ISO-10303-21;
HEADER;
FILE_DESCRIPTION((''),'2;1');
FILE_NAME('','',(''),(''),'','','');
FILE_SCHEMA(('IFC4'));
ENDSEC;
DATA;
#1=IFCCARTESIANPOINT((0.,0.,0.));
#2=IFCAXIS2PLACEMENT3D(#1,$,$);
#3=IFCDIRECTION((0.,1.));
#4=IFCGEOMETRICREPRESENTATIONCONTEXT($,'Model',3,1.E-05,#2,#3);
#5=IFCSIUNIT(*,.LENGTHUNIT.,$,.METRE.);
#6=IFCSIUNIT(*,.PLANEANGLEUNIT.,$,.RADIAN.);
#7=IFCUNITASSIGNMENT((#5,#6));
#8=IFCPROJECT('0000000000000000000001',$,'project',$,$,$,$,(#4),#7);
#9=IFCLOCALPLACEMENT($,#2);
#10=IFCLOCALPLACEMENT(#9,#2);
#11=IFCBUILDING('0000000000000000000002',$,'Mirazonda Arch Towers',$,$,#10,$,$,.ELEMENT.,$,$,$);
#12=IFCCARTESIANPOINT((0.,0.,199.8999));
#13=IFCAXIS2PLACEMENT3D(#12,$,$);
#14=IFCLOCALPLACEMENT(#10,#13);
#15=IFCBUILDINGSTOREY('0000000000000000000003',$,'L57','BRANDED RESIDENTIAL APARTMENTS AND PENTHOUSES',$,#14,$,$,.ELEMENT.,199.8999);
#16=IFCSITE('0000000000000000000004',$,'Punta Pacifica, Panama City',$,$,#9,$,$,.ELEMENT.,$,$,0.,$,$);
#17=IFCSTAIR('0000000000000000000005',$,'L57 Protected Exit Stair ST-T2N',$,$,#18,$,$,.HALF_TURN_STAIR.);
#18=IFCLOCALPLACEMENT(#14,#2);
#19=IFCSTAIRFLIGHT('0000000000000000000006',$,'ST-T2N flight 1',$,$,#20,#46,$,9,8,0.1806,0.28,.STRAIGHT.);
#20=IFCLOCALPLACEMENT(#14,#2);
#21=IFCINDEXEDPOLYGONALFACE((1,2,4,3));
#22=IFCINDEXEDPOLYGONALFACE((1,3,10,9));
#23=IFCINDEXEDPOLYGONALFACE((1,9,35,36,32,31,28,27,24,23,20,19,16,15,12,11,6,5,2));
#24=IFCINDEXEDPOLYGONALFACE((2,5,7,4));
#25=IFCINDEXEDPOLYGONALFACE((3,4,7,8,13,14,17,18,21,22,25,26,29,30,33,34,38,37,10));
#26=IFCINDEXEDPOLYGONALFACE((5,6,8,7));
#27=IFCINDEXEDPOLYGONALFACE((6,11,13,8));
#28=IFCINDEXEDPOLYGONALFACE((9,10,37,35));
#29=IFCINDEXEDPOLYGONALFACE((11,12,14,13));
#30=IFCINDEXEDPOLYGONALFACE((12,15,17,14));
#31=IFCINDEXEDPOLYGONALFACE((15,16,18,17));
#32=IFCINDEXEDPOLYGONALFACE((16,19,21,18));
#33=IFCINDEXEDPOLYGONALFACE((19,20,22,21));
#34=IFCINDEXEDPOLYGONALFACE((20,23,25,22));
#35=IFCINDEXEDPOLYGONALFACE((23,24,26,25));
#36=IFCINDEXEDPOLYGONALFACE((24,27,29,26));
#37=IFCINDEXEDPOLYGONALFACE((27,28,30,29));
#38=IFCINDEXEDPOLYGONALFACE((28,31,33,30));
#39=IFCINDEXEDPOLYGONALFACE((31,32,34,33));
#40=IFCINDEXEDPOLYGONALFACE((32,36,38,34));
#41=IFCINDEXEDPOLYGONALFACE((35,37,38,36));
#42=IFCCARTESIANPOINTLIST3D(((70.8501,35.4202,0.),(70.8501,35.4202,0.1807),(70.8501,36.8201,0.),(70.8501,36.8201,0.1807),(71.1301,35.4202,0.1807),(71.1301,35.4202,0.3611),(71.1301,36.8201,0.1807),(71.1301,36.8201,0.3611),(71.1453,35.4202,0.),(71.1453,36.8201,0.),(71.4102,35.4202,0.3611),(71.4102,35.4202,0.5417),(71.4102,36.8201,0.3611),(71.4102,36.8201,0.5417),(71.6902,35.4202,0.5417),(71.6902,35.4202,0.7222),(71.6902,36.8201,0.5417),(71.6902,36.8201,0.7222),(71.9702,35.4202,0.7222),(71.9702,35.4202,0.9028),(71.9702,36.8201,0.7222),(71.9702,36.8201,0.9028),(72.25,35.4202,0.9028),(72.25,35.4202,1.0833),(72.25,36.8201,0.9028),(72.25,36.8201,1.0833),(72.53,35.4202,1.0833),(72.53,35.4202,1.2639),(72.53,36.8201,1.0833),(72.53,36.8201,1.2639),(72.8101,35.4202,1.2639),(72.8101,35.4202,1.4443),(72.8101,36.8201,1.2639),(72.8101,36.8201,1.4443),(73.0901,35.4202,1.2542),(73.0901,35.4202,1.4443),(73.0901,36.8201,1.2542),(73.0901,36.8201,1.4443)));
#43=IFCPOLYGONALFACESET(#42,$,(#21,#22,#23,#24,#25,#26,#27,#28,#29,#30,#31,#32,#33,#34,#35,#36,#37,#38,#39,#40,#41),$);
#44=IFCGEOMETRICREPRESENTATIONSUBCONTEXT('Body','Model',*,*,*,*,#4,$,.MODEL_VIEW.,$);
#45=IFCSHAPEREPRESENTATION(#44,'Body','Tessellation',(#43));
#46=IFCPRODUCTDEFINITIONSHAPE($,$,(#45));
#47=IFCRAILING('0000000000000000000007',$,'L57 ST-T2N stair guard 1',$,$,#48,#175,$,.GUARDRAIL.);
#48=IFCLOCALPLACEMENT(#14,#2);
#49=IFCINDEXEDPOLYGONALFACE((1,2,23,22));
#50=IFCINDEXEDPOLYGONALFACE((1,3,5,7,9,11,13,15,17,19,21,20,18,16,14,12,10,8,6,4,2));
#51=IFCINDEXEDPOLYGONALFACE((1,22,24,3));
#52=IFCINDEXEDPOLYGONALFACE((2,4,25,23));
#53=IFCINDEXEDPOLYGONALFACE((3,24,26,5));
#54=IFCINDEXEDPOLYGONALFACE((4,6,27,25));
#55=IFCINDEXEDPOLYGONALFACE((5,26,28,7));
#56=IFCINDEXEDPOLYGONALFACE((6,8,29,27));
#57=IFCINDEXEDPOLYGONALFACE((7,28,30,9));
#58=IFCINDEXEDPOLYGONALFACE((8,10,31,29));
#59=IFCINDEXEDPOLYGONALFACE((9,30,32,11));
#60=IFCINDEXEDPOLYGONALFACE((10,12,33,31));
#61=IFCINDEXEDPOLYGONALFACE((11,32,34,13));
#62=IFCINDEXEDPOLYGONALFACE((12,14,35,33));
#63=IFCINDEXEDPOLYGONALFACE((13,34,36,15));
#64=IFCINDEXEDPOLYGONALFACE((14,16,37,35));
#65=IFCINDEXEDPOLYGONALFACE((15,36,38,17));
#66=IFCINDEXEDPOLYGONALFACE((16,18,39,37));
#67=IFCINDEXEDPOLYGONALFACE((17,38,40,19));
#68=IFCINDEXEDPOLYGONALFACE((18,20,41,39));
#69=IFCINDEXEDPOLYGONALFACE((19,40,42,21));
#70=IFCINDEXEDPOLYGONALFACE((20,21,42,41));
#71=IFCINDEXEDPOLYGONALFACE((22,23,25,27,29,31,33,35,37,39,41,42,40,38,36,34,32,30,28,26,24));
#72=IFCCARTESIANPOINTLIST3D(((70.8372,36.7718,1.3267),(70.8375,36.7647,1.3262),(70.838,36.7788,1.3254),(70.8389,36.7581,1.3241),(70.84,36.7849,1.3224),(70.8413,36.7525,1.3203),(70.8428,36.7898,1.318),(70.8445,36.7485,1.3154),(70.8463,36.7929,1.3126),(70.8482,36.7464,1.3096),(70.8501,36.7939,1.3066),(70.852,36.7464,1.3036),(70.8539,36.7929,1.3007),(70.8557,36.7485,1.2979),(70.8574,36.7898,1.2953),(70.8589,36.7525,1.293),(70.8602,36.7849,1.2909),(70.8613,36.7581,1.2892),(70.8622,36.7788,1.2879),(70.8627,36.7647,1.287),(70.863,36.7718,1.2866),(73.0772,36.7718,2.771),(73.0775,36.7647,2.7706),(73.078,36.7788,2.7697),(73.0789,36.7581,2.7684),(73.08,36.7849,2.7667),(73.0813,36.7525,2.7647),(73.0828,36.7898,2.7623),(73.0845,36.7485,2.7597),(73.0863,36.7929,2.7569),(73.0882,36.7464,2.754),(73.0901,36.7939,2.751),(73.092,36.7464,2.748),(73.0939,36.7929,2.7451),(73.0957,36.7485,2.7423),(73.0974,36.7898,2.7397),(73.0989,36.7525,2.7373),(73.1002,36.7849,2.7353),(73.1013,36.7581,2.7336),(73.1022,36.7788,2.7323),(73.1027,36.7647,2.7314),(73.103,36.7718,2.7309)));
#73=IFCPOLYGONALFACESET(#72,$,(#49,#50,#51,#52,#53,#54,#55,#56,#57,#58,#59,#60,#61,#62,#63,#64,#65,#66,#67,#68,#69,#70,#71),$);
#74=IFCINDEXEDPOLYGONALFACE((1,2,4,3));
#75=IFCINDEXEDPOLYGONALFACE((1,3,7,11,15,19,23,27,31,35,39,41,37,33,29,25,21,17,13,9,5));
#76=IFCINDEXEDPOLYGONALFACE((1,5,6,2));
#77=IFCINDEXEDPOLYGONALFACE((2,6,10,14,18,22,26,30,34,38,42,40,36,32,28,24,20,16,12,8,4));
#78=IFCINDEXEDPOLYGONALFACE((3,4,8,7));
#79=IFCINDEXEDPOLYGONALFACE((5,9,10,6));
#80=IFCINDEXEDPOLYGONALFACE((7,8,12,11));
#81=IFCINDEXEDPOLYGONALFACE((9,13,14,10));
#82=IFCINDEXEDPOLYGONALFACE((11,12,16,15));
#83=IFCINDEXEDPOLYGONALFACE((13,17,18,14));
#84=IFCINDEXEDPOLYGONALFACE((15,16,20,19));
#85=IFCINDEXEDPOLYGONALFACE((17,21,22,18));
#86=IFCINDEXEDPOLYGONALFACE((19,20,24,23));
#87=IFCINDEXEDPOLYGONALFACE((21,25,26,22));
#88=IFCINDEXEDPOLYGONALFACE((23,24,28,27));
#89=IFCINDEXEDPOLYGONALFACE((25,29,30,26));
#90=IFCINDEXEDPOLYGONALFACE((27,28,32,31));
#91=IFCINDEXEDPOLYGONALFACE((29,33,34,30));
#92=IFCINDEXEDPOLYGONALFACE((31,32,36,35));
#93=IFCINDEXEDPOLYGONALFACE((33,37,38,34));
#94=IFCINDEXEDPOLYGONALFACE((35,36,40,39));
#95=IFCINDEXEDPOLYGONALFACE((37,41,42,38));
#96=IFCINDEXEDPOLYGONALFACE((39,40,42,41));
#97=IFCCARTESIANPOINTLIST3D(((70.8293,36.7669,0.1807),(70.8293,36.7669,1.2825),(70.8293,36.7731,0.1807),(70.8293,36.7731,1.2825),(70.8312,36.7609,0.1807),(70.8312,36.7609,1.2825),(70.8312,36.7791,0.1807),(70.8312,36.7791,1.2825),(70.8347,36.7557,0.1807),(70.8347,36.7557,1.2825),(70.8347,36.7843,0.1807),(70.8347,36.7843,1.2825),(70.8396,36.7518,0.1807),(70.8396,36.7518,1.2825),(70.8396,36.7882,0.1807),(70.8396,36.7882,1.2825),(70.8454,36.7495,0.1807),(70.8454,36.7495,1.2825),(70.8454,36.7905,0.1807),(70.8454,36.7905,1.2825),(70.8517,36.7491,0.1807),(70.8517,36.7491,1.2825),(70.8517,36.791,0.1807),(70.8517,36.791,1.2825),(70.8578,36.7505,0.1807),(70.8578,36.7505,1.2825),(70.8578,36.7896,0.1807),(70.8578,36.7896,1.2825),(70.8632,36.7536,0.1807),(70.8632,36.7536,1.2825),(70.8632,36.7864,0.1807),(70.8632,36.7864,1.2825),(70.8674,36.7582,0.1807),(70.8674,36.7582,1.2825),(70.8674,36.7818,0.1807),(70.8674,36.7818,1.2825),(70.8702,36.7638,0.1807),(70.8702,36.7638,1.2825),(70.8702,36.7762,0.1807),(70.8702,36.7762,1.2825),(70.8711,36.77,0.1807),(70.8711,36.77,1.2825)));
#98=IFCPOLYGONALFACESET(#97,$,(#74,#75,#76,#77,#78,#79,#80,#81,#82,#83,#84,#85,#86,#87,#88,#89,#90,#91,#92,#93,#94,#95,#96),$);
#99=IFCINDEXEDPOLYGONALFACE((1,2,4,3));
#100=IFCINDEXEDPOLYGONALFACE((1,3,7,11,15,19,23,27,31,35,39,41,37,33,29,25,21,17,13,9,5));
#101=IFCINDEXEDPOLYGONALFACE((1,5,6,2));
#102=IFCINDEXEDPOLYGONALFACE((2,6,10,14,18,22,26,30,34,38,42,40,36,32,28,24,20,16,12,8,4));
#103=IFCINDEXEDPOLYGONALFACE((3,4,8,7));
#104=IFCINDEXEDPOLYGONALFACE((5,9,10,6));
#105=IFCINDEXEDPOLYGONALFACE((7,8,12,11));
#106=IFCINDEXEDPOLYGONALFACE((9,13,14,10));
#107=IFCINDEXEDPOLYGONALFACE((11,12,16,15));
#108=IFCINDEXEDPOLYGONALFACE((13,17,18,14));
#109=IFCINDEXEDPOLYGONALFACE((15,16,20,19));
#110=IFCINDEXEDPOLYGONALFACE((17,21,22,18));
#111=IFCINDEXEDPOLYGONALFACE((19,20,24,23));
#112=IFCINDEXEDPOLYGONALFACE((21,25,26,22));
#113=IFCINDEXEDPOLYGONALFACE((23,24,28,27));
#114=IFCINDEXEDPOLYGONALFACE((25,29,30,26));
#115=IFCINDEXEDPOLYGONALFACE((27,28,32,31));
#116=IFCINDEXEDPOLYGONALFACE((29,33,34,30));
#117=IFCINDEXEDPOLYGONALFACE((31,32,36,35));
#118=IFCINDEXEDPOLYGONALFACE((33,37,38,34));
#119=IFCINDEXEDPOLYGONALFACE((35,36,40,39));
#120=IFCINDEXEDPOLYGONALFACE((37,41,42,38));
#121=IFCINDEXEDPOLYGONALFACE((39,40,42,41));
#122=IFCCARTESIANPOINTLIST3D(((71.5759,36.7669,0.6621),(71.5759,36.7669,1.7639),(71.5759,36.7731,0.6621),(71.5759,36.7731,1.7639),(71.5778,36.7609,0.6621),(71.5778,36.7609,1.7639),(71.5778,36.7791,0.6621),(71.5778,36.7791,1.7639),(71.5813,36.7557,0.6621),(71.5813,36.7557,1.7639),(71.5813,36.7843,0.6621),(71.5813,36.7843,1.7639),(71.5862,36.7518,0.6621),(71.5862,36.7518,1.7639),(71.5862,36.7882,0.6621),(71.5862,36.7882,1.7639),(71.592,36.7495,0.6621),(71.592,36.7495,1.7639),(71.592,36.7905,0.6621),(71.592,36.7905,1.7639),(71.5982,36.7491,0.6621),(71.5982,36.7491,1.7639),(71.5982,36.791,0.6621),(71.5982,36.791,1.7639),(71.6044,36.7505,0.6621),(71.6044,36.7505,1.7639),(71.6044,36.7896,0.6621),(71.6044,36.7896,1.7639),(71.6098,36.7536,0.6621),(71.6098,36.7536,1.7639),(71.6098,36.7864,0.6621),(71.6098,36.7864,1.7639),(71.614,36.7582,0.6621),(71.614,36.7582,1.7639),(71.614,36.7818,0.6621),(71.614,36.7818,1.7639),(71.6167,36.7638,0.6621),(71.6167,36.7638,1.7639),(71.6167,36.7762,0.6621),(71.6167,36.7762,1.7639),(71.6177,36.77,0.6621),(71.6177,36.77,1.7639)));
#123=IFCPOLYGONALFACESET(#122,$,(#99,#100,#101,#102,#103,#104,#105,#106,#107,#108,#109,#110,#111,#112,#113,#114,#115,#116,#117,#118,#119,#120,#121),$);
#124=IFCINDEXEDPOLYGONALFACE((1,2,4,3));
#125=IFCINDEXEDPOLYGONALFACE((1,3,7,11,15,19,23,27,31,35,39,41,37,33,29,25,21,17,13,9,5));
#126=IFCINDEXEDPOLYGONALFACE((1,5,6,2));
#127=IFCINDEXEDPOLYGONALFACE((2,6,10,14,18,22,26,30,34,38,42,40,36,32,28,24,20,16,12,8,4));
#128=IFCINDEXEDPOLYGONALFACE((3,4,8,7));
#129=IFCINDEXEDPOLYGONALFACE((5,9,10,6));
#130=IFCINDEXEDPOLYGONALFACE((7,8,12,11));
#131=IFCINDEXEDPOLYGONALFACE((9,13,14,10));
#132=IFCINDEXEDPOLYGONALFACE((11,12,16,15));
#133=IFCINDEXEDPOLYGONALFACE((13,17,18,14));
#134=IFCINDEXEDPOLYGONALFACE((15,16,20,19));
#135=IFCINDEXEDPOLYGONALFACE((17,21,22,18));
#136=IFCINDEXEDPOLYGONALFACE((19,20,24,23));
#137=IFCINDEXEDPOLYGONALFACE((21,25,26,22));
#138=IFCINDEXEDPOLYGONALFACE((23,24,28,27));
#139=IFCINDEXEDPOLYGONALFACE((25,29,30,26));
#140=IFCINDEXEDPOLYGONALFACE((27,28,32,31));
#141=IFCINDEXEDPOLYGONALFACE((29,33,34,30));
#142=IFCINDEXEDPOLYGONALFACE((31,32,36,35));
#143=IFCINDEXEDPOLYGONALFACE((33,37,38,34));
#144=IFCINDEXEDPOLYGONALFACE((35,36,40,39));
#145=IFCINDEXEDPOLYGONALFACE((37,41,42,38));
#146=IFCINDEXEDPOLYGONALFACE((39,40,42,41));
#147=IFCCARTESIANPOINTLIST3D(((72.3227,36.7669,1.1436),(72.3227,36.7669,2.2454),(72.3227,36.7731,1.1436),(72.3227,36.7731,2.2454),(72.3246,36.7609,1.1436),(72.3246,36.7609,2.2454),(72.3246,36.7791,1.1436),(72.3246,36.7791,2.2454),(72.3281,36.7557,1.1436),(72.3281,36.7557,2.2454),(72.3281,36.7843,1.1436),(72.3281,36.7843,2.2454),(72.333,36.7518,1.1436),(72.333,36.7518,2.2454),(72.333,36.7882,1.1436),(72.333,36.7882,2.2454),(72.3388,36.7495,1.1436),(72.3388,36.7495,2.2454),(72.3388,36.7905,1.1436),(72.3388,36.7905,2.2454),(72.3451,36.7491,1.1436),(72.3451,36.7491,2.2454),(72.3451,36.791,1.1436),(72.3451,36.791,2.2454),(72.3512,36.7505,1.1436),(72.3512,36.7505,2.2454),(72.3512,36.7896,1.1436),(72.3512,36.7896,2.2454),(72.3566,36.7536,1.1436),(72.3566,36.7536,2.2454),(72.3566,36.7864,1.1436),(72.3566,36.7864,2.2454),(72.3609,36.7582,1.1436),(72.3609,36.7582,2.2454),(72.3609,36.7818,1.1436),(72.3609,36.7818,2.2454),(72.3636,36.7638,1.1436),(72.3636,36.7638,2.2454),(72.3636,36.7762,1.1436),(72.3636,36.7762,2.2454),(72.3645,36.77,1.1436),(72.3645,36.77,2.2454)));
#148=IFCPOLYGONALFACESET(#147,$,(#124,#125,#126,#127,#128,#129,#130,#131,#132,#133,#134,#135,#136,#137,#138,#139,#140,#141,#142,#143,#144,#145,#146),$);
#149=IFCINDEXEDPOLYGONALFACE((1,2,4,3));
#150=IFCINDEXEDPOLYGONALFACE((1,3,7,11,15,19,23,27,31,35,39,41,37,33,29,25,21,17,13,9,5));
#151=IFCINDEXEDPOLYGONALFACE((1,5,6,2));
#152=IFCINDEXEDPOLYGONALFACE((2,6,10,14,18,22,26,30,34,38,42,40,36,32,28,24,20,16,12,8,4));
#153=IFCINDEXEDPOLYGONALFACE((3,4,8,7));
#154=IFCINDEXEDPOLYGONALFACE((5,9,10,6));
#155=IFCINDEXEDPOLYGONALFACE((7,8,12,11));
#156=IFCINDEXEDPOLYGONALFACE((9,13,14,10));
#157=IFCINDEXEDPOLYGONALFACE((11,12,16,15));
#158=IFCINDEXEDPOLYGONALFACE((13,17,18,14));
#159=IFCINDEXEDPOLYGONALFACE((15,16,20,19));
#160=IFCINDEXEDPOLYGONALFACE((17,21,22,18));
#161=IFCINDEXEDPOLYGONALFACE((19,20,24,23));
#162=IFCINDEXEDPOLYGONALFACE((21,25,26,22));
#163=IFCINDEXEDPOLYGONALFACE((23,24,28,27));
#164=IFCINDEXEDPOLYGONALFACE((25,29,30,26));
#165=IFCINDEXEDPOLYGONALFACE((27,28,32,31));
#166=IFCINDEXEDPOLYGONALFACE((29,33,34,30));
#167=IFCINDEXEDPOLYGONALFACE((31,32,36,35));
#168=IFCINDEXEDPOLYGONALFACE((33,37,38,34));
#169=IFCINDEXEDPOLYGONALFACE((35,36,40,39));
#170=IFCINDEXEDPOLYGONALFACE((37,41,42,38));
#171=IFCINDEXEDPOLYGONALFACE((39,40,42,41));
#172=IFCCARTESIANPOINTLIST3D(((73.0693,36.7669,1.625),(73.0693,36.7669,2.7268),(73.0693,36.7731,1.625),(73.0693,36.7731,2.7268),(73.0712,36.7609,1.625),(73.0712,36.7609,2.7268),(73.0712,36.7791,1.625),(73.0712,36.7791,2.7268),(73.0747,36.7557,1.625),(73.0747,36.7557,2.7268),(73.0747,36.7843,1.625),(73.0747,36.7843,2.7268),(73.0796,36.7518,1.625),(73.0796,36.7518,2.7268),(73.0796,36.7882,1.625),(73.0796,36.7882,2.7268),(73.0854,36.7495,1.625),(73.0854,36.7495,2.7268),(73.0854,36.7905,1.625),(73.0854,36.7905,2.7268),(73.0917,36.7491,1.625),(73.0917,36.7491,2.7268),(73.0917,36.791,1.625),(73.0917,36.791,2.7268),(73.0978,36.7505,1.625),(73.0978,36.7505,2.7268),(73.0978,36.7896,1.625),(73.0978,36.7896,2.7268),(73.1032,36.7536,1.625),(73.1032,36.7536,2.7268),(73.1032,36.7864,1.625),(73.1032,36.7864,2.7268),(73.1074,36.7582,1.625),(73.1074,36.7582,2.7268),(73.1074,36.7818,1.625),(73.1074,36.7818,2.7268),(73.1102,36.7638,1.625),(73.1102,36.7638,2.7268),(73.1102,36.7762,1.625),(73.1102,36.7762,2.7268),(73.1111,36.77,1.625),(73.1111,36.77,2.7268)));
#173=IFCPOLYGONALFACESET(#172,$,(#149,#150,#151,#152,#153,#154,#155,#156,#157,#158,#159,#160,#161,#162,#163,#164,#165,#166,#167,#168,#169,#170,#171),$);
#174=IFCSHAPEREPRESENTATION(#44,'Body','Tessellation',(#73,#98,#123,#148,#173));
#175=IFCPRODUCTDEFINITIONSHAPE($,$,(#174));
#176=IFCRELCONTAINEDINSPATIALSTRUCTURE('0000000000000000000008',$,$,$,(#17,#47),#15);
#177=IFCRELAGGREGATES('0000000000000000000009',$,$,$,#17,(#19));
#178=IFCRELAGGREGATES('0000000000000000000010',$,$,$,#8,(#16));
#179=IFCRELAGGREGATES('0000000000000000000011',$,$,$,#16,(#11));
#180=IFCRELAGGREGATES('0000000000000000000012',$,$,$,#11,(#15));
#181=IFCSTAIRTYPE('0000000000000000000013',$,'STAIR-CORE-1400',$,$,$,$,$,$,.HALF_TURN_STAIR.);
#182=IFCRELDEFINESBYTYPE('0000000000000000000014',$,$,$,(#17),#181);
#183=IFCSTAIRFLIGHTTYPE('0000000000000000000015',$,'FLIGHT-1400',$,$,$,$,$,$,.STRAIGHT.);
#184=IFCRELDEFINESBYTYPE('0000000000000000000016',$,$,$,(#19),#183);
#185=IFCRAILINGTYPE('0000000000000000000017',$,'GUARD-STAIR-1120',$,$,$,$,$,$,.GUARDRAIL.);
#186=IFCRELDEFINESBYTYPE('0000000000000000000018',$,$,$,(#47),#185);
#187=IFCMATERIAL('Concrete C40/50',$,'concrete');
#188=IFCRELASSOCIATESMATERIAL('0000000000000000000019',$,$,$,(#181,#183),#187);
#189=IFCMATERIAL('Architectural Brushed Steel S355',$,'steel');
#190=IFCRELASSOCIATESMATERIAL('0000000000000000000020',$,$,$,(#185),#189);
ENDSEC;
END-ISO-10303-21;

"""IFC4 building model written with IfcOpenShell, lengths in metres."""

from ifc_helpers import new_model, si_unit, direction, frame, origin, origin_2d, place, context, subcontext, project, spatial, polyline, circle, outline, extrude, material, type_object, element, aggregate, save


model = new_model("IFC4")

# Units and contexts
model_context = context("Model", 3, precision=1e-05, world=origin(), true_north=direction((0.0, 1.0)))
body_context = subcontext(model_context, "Body", "Model", "MODEL_VIEW")
ifc_project = project(units=[si_unit("LENGTHUNIT", "METRE"), si_unit("PLANEANGLEUNIT", "RADIAN")], contexts=[model_context])

# Site, building, storey
site_placement = place(None, origin())
site = spatial("IfcSite", under=ifc_project, at=site_placement, Name="Punta Pacifica, Panama City", CompositionType="ELEMENT", RefElevation=0.0)
building_placement = place(site_placement, origin())
building = spatial("IfcBuilding", under=site, at=building_placement, Name="Mirazonda Arch Towers", CompositionType="ELEMENT")
storey_placement = place(building_placement, frame((0.0, 0.0, 199.8999)))
storey = spatial("IfcBuildingStorey", under=building, at=storey_placement, Name="L57", Description="BRANDED RESIDENTIAL APARTMENTS AND PENTHOUSES", CompositionType="ELEMENT", Elevation=199.8999)

# Stair, stair flight
ifc_material_1 = material(Name="Concrete C40/50", Category="concrete")
stair_type = type_object("IfcStairType", Name="STAIR-CORE-1400", PredefinedType="HALF_TURN_STAIR", material=ifc_material_1)
stair_placement = place(storey_placement, origin())
stair = element("IfcStair", 1, at=stair_placement, inside=storey, type_object=stair_type, Name="L57 Protected Exit Stair ST-T2N", PredefinedType="HALF_TURN_STAIR")
stair_flight_type = type_object("IfcStairFlightType", Name="FLIGHT-1400", PredefinedType="STRAIGHT", material=ifc_material_1)
stair_flight_placement = place(storey_placement, frame((70.8501, 36.1201, 0.0), z_axis=(0.0, 0.0, 1.0), x_axis=(1.0, 0.0, 0.0)))
stair_flight = element("IfcStairFlight", 2, at=stair_flight_placement, type_object=stair_flight_type, Name="ST-T2N flight 1", NumberOfRisers=9, NumberOfTreads=8, PredefinedType="STRAIGHT", RiserHeight=0.1806, TreadLength=0.28, context=body_context, shape_type="SweptSolid", body=[
    extrude(outline(polyline([(0.0, 0.0), (0.0, 0.1807), (0.28, 0.1807), (0.28, 0.3611), (0.5601, 0.3611), (0.5601, 0.5417), (0.8401, 0.5417), (0.8401, 0.7222), (1.1201, 0.7222), (1.1201, 0.9028), (1.3999, 0.9028), (1.3999, 1.0833), (1.6799, 1.0833), (1.6799, 1.2639), (1.96, 1.2639), (1.96, 1.4443), (2.24, 1.4443), (2.24, 1.625), (2.24, 1.2542), (0.2952, 0.0), (0.0, 0.0)])), frame((0.0, 0.7, 0.0), z_axis=(0.0, -1.0, 0.0), x_axis=(1.0, 0.0, 0.0)), (0.0, 0.0, 1.0), 1.3999),
])
aggregate(stair, [stair_flight])

# Railing
ifc_material_2 = material(Name="Architectural Brushed Steel S355", Category="steel")
railing_type_1 = type_object("IfcRailingType", Name="GUARD-STAIR-1120", PredefinedType="GUARDRAIL", material=ifc_material_2)
railing_1_placement = place(storey_placement, frame((70.8501, 36.77, 0.1807)))
element("IfcRailing", 3, at=railing_1_placement, inside=storey, type_object=railing_type_1, Name="L57 ST-T2N stair guard 1", PredefinedType="GUARDRAIL", context=body_context, shape_type="SweptSolid", body=[
    extrude(circle(Radius=0.0239, at=origin_2d()), frame((0.0, 0.0, 1.126), z_axis=(0.840437, 0.0, 0.54191), x_axis=(0.0, 1.0, 0.0)), (0.0, 0.0, 1.0), 2.6653),
    extrude(circle(Radius=0.021, at=origin_2d()), origin(), (0.0, 0.0, 1.0), 1.1018),
    extrude(circle(Radius=0.021, at=origin_2d()), frame((0.7466, 0.0, 0.4814)), (0.0, 0.0, 1.0), 1.1018),
    extrude(circle(Radius=0.021, at=origin_2d()), frame((1.4934, 0.0, 0.9629)), (0.0, 0.0, 1.0), 1.1018),
    extrude(circle(Radius=0.021, at=origin_2d()), frame((2.24, 0.0, 1.4443)), (0.0, 0.0, 1.0), 1.1018),
])

save(model, "model.ifc")
